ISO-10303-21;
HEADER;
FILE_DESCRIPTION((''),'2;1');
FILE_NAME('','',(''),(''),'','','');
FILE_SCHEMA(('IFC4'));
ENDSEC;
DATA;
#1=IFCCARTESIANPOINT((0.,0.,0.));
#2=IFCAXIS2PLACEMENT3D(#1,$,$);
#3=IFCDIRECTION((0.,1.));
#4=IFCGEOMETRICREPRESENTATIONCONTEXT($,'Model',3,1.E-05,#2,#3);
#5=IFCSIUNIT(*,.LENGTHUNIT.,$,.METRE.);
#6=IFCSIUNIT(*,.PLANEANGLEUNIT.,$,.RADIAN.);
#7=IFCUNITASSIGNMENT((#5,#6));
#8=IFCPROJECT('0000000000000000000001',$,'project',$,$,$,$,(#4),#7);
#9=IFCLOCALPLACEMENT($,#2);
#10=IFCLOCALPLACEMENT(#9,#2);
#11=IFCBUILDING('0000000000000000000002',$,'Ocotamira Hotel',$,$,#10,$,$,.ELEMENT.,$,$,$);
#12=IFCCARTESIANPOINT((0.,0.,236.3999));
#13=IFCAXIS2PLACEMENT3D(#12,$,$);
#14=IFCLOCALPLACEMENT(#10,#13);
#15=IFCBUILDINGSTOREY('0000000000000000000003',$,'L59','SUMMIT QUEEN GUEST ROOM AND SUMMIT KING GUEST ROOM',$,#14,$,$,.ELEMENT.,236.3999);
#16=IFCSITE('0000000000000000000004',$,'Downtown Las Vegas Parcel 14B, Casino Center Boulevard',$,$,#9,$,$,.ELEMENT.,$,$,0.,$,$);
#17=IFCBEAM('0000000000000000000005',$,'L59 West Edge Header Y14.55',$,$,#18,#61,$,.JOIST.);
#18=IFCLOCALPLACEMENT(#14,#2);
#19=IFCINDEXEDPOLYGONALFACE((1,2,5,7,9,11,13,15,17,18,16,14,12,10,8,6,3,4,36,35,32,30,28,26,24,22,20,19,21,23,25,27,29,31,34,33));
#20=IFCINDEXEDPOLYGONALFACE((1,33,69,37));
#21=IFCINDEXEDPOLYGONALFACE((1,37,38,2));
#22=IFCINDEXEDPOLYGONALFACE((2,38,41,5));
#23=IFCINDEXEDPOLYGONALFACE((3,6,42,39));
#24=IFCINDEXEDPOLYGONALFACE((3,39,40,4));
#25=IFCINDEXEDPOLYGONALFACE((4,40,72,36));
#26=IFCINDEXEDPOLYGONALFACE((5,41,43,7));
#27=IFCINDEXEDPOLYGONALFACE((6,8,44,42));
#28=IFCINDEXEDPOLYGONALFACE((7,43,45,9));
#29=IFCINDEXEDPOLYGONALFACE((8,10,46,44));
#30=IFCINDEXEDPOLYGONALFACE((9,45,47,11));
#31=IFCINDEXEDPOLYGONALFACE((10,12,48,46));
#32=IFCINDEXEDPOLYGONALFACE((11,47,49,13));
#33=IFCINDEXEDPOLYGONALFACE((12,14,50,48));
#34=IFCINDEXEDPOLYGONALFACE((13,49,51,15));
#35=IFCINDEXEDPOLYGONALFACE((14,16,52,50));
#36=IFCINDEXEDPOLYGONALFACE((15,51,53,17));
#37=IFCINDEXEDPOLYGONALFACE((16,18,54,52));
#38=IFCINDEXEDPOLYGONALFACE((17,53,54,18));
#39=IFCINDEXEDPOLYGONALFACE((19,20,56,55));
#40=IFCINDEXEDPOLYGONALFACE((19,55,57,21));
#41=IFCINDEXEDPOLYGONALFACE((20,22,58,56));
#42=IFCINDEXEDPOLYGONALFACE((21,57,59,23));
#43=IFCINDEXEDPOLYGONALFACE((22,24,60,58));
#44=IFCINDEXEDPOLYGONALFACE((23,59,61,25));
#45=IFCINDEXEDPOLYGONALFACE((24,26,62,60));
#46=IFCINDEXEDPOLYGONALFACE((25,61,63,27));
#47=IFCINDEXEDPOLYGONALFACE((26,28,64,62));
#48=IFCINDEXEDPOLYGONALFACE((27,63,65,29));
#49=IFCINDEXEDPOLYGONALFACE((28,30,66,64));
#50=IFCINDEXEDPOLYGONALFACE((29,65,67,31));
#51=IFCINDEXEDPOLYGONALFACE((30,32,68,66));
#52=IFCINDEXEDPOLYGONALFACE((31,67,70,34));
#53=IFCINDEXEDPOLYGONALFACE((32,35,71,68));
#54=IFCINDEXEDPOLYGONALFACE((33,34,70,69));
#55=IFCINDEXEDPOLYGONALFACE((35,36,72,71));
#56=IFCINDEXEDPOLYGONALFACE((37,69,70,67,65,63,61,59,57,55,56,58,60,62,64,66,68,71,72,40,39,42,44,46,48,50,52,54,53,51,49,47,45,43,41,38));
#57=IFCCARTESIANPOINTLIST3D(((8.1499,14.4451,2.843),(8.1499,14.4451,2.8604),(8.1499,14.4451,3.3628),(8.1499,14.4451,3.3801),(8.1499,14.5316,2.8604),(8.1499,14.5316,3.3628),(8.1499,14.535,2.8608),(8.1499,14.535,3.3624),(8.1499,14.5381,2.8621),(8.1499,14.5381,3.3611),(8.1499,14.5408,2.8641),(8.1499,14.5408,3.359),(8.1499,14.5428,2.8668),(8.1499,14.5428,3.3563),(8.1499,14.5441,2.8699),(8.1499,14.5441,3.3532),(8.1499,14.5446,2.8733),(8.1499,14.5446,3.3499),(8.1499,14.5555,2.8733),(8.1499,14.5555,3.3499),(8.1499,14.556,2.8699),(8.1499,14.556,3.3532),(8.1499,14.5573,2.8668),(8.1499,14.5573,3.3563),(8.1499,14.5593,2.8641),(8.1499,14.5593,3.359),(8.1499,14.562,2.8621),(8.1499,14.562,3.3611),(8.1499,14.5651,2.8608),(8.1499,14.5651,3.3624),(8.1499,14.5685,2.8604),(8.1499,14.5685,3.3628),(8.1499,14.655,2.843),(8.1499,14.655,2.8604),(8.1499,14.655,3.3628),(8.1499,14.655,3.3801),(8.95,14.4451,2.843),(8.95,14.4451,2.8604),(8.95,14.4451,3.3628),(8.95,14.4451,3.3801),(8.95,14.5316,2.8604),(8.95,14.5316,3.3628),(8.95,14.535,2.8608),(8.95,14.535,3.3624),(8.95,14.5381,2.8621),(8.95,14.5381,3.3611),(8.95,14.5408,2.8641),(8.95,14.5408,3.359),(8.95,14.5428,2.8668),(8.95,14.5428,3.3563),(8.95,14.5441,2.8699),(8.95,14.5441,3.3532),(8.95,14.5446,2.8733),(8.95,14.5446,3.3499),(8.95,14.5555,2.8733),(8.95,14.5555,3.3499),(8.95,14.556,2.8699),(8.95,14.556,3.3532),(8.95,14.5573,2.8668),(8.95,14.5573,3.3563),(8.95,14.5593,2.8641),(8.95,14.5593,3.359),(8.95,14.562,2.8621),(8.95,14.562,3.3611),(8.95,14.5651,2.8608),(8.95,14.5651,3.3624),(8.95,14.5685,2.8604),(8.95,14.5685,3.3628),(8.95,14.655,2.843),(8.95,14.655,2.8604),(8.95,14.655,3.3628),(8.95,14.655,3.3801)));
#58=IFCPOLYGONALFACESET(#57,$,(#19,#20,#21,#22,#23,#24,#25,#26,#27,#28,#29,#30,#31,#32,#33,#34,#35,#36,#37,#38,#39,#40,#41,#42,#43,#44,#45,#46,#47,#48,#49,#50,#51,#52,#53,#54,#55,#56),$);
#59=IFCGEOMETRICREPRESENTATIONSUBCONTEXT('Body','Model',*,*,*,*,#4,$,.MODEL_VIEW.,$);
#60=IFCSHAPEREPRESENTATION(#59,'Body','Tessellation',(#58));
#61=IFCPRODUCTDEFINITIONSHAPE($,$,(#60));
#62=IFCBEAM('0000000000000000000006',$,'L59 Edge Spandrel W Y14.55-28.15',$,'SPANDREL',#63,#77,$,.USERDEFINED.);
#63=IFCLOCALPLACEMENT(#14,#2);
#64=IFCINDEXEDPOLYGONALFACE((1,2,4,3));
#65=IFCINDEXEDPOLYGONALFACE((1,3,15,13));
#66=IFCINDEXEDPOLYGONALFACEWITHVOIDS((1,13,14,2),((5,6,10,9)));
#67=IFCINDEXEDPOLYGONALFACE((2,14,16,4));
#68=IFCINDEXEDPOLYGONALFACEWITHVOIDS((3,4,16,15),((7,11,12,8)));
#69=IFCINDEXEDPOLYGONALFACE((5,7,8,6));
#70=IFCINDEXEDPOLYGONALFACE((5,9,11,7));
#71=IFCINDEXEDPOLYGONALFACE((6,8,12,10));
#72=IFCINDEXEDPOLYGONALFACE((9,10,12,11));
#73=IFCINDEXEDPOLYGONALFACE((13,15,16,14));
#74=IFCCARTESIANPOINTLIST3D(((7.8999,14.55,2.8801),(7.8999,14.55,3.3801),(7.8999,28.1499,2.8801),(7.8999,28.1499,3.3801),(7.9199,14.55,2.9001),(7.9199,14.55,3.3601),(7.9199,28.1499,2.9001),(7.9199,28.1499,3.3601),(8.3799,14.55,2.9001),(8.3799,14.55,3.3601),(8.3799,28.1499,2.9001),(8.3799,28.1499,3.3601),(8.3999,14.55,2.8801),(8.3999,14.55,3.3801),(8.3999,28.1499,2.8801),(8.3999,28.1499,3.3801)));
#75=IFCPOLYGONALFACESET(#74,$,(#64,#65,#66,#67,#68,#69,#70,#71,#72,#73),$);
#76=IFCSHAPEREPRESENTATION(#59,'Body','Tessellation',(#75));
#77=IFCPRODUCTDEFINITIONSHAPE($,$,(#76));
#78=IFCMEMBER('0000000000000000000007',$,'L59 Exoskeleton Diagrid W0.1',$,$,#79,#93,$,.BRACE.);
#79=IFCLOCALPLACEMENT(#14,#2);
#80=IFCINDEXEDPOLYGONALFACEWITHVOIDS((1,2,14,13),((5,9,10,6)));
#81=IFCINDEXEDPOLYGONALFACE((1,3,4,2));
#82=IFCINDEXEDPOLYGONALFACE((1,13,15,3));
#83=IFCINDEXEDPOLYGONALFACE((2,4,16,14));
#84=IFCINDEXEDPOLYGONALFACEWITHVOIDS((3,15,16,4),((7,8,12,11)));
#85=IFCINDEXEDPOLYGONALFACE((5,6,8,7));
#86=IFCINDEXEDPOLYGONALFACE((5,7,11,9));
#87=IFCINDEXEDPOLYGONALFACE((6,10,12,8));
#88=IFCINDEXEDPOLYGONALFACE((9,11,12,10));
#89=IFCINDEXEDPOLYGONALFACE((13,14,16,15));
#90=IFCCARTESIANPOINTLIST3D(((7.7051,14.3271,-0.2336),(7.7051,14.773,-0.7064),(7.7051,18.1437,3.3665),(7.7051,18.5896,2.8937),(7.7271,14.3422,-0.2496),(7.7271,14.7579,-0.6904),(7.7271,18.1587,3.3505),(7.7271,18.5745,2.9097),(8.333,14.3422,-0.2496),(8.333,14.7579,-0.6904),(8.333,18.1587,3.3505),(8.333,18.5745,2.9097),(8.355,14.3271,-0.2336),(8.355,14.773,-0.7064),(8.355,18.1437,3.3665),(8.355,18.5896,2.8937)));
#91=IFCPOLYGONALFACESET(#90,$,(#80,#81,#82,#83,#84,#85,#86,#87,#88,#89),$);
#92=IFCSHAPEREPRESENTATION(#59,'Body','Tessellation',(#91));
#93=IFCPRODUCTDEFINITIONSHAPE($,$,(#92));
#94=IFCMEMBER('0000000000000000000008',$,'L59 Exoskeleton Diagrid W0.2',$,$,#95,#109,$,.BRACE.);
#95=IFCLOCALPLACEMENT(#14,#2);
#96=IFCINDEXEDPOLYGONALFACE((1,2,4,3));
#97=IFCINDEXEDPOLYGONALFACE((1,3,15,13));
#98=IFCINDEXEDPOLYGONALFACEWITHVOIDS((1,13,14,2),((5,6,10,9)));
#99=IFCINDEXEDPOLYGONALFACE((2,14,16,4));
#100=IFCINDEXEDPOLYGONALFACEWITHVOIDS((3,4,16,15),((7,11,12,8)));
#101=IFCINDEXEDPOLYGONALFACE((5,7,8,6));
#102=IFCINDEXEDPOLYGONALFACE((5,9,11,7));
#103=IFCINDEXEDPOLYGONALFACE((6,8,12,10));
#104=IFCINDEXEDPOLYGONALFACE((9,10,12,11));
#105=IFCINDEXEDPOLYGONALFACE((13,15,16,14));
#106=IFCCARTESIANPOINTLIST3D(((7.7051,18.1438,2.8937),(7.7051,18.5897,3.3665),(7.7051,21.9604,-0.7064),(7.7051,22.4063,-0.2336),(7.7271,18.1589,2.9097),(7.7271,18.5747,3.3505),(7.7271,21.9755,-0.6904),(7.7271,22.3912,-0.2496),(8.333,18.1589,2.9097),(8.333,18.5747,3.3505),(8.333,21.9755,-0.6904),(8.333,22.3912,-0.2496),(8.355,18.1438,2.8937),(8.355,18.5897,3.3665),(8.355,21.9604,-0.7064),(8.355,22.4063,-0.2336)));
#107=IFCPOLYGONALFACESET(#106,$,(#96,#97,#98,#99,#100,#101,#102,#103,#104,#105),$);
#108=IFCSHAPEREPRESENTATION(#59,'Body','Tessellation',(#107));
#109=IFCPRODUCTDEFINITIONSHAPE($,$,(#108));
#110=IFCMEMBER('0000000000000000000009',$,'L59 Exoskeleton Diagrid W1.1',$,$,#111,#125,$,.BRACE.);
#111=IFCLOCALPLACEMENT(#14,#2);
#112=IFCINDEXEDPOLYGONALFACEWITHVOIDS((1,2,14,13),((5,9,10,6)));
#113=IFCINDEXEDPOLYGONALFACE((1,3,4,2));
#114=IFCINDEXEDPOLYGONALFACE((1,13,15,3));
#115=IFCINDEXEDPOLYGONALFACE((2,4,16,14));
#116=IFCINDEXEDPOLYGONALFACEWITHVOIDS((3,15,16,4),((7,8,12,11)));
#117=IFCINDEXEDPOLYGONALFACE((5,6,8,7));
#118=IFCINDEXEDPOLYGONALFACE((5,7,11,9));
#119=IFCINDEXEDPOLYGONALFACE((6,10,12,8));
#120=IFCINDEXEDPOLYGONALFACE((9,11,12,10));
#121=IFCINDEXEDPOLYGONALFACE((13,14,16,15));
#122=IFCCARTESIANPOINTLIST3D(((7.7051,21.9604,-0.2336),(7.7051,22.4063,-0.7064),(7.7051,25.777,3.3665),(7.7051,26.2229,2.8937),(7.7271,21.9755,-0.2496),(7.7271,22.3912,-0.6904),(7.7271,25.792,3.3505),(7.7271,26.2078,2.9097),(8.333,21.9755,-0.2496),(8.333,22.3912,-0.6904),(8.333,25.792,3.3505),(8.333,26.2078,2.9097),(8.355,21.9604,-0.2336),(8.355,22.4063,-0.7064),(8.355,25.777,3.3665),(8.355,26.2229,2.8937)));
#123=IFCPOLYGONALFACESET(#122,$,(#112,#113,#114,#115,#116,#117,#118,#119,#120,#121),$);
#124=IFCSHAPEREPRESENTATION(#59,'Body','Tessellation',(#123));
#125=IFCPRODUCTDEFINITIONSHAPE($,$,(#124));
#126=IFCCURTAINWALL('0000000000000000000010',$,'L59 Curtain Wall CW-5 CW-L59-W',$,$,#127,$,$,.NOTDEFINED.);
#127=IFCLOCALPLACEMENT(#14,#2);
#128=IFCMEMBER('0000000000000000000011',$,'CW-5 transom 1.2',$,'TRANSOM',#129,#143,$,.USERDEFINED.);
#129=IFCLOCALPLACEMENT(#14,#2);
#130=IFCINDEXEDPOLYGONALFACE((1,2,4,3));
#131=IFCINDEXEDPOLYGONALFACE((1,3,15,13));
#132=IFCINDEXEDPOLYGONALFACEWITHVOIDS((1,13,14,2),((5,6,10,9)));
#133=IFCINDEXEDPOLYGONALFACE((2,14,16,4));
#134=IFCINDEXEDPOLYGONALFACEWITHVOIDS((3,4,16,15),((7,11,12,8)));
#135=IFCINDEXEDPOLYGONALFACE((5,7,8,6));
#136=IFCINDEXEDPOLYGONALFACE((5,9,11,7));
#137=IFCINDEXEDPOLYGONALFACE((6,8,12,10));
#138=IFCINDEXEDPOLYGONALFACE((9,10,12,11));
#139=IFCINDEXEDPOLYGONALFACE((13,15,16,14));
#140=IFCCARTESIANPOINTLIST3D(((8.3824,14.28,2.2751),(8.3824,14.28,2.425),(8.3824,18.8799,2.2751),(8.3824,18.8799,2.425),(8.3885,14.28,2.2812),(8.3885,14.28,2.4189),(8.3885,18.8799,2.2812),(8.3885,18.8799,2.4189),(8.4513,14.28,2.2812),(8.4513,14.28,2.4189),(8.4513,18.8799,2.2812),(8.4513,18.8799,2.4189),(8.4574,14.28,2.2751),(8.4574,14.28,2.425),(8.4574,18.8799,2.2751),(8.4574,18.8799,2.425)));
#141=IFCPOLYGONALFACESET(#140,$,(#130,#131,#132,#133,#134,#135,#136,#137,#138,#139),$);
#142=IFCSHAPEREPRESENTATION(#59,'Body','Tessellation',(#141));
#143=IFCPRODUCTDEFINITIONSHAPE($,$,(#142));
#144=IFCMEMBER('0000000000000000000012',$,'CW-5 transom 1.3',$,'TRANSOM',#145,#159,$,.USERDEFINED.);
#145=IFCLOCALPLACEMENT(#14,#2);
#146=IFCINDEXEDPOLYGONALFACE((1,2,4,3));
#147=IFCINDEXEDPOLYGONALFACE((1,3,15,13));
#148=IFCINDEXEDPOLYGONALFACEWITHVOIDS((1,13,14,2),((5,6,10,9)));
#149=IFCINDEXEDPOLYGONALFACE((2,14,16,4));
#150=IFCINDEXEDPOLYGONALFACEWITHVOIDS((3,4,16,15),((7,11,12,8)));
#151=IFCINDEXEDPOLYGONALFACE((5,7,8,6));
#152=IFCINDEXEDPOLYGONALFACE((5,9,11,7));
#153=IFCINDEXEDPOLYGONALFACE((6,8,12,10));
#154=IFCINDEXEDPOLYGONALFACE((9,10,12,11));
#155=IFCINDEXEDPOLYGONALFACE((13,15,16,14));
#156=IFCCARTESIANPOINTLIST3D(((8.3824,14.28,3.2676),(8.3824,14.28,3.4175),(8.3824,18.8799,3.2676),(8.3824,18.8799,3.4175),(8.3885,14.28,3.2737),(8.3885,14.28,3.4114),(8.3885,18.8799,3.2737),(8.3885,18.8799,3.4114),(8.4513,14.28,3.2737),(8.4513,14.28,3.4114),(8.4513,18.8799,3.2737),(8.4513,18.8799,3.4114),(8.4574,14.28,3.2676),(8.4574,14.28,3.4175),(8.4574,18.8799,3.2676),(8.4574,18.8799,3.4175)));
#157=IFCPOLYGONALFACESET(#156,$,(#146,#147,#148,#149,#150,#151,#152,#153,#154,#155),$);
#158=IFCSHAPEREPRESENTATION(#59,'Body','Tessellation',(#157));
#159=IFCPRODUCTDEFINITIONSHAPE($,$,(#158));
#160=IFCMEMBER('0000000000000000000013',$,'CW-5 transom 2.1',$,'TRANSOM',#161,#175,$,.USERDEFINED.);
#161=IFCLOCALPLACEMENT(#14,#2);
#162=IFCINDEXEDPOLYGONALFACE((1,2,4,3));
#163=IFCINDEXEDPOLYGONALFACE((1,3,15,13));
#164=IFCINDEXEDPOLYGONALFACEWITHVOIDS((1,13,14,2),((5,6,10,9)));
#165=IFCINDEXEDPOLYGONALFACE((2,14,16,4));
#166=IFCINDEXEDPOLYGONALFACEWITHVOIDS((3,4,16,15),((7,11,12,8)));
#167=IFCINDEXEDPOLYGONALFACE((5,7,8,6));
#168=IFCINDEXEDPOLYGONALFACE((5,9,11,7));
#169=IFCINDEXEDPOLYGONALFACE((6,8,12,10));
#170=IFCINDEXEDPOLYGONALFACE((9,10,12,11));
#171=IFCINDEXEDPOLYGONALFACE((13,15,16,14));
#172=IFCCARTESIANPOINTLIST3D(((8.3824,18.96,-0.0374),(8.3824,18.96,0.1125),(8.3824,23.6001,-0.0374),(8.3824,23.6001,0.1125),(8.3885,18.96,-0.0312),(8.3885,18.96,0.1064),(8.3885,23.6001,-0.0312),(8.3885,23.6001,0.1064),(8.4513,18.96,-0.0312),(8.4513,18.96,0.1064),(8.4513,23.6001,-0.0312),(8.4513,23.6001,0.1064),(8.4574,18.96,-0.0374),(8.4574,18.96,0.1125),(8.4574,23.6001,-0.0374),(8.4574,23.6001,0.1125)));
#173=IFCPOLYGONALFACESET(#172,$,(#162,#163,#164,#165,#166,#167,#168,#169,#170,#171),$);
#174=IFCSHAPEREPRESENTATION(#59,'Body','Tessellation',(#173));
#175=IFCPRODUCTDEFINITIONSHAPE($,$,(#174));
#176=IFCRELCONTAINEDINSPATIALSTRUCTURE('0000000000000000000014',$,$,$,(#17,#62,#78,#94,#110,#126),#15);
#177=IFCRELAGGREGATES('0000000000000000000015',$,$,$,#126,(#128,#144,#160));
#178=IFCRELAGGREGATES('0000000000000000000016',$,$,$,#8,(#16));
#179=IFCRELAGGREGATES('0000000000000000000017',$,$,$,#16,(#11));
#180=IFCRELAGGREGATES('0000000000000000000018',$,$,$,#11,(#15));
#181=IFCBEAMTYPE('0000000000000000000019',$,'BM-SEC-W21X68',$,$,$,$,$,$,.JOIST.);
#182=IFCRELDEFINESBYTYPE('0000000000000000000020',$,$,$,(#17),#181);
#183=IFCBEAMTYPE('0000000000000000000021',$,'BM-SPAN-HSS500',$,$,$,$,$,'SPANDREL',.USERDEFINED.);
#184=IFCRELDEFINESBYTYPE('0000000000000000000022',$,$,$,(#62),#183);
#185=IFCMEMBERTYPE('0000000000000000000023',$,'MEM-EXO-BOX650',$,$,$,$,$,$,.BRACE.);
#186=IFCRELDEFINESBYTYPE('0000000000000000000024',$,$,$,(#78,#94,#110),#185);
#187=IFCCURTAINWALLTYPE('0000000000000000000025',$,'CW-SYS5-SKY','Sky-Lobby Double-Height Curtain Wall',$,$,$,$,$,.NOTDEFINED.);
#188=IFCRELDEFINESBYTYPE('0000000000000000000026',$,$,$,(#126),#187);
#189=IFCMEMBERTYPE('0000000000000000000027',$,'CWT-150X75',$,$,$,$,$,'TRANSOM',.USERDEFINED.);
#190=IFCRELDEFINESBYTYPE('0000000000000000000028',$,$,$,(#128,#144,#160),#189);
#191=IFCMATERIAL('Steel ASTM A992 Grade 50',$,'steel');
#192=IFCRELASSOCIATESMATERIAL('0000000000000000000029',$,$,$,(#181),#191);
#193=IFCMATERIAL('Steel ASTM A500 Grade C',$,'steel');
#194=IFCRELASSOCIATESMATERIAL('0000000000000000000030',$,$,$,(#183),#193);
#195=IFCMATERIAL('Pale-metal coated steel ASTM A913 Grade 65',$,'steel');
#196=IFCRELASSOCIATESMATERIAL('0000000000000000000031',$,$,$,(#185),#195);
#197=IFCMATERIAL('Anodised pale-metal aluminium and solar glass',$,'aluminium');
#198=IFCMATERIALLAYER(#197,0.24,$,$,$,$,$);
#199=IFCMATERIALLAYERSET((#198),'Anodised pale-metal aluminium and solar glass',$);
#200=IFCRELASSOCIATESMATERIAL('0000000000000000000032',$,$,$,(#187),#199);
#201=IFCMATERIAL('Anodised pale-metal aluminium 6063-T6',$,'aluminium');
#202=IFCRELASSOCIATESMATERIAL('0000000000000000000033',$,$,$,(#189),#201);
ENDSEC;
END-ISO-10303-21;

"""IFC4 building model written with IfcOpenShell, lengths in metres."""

from ifc_helpers import new_model, si_unit, direction, frame, origin, origin_2d, place, context, subcontext, project, spatial, hollow_rectangle, i_section, extrude, source, transform, mapped, material, layer, layer_set, material_profile, profile_set, type_object, element, aggregate, save


model = new_model("IFC4")

# Units and contexts
model_context = context("Model", 3, precision=1e-05, world=origin(), true_north=direction((0.0, 1.0)))
body_context = subcontext(model_context, "Body", "Model", "MODEL_VIEW")
ifc_project = project(units=[si_unit("LENGTHUNIT", "METRE"), si_unit("PLANEANGLEUNIT", "RADIAN")], contexts=[model_context])

# Site, building, storey
site_placement = place(None, origin())
site = spatial("IfcSite", under=ifc_project, at=site_placement, Name="Downtown Las Vegas Parcel 14B, Casino Center Boulevard", CompositionType="ELEMENT", RefElevation=0.0)
building_placement = place(site_placement, origin())
building = spatial("IfcBuilding", under=site, at=building_placement, Name="Ocotamira Hotel", CompositionType="ELEMENT")
storey_placement = place(building_placement, frame((0.0, 0.0, 236.3999)))
storey = spatial("IfcBuildingStorey", under=building, at=storey_placement, Name="L59", Description="SUMMIT QUEEN GUEST ROOM AND SUMMIT KING GUEST ROOM", CompositionType="ELEMENT", Elevation=236.3999)

# Beams
ifc_material_1 = material(Name="Steel ASTM A992 Grade 50", Category="steel")
ifc_material_profile_1 = material_profile(ifc_material_1, i_section(OverallWidth=0.21, OverallDepth=0.5371, WebThickness=0.011, FlangeThickness=0.0173, FilletRadius=0.0129, at=origin_2d()), Name="W21X68")
ifc_profile_set_1 = profile_set([ifc_material_profile_1], Name="Steel ASTM A992 Grade 50")
beam_type_1 = type_object("IfcBeamType", Name="BM-SEC-W21X68", PredefinedType="JOIST", material=ifc_profile_set_1)
shared_shape_1 = source(origin(), body_context, "Body", "SweptSolid", [
    extrude(i_section(OverallWidth=0.21, OverallDepth=0.5371, WebThickness=0.011, FlangeThickness=0.0173, FilletRadius=0.0129, at=origin_2d()), origin(), (0.0, 0.0, 1.0), 0.8),
])
beam_1_placement = place(storey_placement, frame((8.95, 14.55, 3.1116), z_axis=(-1.0, 0.0, 0.0), x_axis=(0.0, -1.0, 0.0)))
element("IfcBeam", 1, at=beam_1_placement, inside=storey, type_object=beam_type_1, Name="L59 West Edge Header Y14.55", PredefinedType="JOIST", context=body_context, shape_type="MappedRepresentation", body=[
    mapped(shared_shape_1, transform((0.0, 0.0, 0.0), scale=1.0)),
])
ifc_material_2 = material(Name="Steel ASTM A500 Grade C", Category="steel")
ifc_material_profile_2 = material_profile(ifc_material_2, hollow_rectangle(XDim=0.5, YDim=0.5, WallThickness=0.02, at=origin_2d()), Name="HSS500X500X20")
ifc_profile_set_2 = profile_set([ifc_material_profile_2], Name="Steel ASTM A500 Grade C")
beam_type_2 = type_object("IfcBeamType", Name="BM-SPAN-HSS500", ElementType="SPANDREL", PredefinedType="USERDEFINED", material=ifc_profile_set_2)
shared_shape_2 = source(origin(), body_context, "Body", "SweptSolid", [
    extrude(hollow_rectangle(XDim=0.5, YDim=0.5, WallThickness=0.02, at=origin_2d()), origin(), (0.0, 0.0, 1.0), 13.5999),
])
beam_2_placement = place(storey_placement, frame((8.1499, 14.55, 3.1301), z_axis=(0.0, 1.0, 0.0), x_axis=(-1.0, 0.0, 0.0)))
element("IfcBeam", 2, at=beam_2_placement, inside=storey, type_object=beam_type_2, Name="L59 Edge Spandrel W Y14.55-28.15", ObjectType="SPANDREL", PredefinedType="USERDEFINED", context=body_context, shape_type="MappedRepresentation", body=[
    mapped(shared_shape_2, transform((0.0, 0.0, 0.0), scale=1.0)),
])

# Members
ifc_material_3 = material(Name="Pale-metal coated steel ASTM A913 Grade 65", Category="steel")
ifc_material_profile_3 = material_profile(ifc_material_3, hollow_rectangle(XDim=0.6499, YDim=0.6499, WallThickness=0.022, at=origin_2d()), Name="BOX650X650X22")
ifc_profile_set_3 = profile_set([ifc_material_profile_3], Name="Pale-metal coated steel ASTM A913 Grade 65")
member_type_1 = type_object("IfcMemberType", Name="MEM-EXO-BOX650", PredefinedType="BRACE", material=ifc_profile_set_3)
shared_shape_3 = source(origin(), body_context, "Body", "SweptSolid", [
    extrude(hollow_rectangle(XDim=0.6499, YDim=0.6499, WallThickness=0.022, at=origin_2d()), origin(), (0.0, 0.0, 1.0), 5.2466),
])
for number, where, z_axis, x_axis, name in (
    (3, (8.03, 14.55, -0.47), (0.0, 0.727443, 0.686168), (-1.0, 0.0, 0.0), "L59 Exoskeleton Diagrid W0.1"),
    (4, (8.03, 22.1833, -0.47), (0.0, -0.727443, 0.686168), (1.0, 0.0, 0.0), "L59 Exoskeleton Diagrid W0.2"),
    (5, (8.03, 22.1833, -0.47), (0.0, 0.727443, 0.686168), (-1.0, 0.0, 0.0), "L59 Exoskeleton Diagrid W1.1"),
):
    element("IfcMember", number, at=place(storey_placement, frame(where, z_axis=z_axis, x_axis=x_axis)), inside=storey, type_object=member_type_1, Name=name, PredefinedType="BRACE", context=body_context, shape_type="MappedRepresentation", body=[
        mapped(shared_shape_3, transform((0.0, 0.0, 0.0), scale=1.0)),
    ])

# Curtain wall, members
ifc_material_4 = material(Name="Anodised pale-metal aluminium and solar glass", Category="aluminium")
ifc_layer_1 = layer(ifc_material_4, 0.24)
ifc_layer_set_1 = layer_set([ifc_layer_1], Name="Anodised pale-metal aluminium and solar glass")
curtain_wall_type = type_object("IfcCurtainWallType", Name="CW-SYS5-SKY", Description="Sky-Lobby Double-Height Curtain Wall", PredefinedType="NOTDEFINED", material=ifc_layer_set_1)
curtain_wall_placement = place(storey_placement, origin())
curtain_wall = element("IfcCurtainWall", 6, at=curtain_wall_placement, inside=storey, type_object=curtain_wall_type, Name="L59 Curtain Wall CW-5 CW-L59-W", PredefinedType="NOTDEFINED")
ifc_material_5 = material(Name="Anodised pale-metal aluminium 6063-T6", Category="aluminium")
ifc_material_profile_4 = material_profile(ifc_material_5, hollow_rectangle(XDim=0.075, YDim=0.1499, WallThickness=0.0061, at=origin_2d()), Name="HSS150X75X6")
ifc_profile_set_4 = profile_set([ifc_material_profile_4], Name="Anodised pale-metal aluminium 6063-T6")
member_type_2 = type_object("IfcMemberType", Name="CWT-150X75", ElementType="TRANSOM", PredefinedType="USERDEFINED", material=ifc_profile_set_4)
shared_shape_4 = source(origin(), body_context, "Body", "SweptSolid", [
    extrude(hollow_rectangle(XDim=0.075, YDim=0.1499, WallThickness=0.0061, at=origin_2d()), origin(), (0.0, 0.0, 1.0), 4.5999),
])
member_1_placement = place(storey_placement, frame((8.4199, 14.28, 2.3501), z_axis=(0.0, 1.0, 0.0), x_axis=(-1.0, 0.0, 0.0)))
member_1 = element("IfcMember", 7, at=member_1_placement, type_object=member_type_2, Name="CW-5 transom 1.2", ObjectType="TRANSOM", PredefinedType="USERDEFINED", context=body_context, shape_type="MappedRepresentation", body=[
    mapped(shared_shape_4, transform((0.0, 0.0, 0.0), scale=1.0)),
])
member_2_placement = place(storey_placement, frame((8.4199, 14.28, 3.3425), z_axis=(0.0, 1.0, 0.0), x_axis=(-1.0, 0.0, 0.0)))
member_2 = element("IfcMember", 8, at=member_2_placement, type_object=member_type_2, Name="CW-5 transom 1.3", ObjectType="TRANSOM", PredefinedType="USERDEFINED", context=body_context, shape_type="MappedRepresentation", body=[
    mapped(shared_shape_4, transform((0.0, 0.0, 0.0), scale=1.0)),
])
shared_shape_5 = source(origin(), body_context, "Body", "SweptSolid", [
    extrude(hollow_rectangle(XDim=0.075, YDim=0.1499, WallThickness=0.0061, at=origin_2d()), origin(), (0.0, 0.0, 1.0), 4.6401),
])
member_3_placement = place(storey_placement, frame((8.4199, 18.96, 0.0376), z_axis=(0.0, 1.0, 0.0), x_axis=(-1.0, 0.0, 0.0)))
member_3 = element("IfcMember", 9, at=member_3_placement, type_object=member_type_2, Name="CW-5 transom 2.1", ObjectType="TRANSOM", PredefinedType="USERDEFINED", context=body_context, shape_type="MappedRepresentation", body=[
    mapped(shared_shape_5, transform((0.0, 0.0, 0.0), scale=1.0)),
])

aggregate(curtain_wall, [member_1, member_2, member_3])

save(model, "model.ifc")
